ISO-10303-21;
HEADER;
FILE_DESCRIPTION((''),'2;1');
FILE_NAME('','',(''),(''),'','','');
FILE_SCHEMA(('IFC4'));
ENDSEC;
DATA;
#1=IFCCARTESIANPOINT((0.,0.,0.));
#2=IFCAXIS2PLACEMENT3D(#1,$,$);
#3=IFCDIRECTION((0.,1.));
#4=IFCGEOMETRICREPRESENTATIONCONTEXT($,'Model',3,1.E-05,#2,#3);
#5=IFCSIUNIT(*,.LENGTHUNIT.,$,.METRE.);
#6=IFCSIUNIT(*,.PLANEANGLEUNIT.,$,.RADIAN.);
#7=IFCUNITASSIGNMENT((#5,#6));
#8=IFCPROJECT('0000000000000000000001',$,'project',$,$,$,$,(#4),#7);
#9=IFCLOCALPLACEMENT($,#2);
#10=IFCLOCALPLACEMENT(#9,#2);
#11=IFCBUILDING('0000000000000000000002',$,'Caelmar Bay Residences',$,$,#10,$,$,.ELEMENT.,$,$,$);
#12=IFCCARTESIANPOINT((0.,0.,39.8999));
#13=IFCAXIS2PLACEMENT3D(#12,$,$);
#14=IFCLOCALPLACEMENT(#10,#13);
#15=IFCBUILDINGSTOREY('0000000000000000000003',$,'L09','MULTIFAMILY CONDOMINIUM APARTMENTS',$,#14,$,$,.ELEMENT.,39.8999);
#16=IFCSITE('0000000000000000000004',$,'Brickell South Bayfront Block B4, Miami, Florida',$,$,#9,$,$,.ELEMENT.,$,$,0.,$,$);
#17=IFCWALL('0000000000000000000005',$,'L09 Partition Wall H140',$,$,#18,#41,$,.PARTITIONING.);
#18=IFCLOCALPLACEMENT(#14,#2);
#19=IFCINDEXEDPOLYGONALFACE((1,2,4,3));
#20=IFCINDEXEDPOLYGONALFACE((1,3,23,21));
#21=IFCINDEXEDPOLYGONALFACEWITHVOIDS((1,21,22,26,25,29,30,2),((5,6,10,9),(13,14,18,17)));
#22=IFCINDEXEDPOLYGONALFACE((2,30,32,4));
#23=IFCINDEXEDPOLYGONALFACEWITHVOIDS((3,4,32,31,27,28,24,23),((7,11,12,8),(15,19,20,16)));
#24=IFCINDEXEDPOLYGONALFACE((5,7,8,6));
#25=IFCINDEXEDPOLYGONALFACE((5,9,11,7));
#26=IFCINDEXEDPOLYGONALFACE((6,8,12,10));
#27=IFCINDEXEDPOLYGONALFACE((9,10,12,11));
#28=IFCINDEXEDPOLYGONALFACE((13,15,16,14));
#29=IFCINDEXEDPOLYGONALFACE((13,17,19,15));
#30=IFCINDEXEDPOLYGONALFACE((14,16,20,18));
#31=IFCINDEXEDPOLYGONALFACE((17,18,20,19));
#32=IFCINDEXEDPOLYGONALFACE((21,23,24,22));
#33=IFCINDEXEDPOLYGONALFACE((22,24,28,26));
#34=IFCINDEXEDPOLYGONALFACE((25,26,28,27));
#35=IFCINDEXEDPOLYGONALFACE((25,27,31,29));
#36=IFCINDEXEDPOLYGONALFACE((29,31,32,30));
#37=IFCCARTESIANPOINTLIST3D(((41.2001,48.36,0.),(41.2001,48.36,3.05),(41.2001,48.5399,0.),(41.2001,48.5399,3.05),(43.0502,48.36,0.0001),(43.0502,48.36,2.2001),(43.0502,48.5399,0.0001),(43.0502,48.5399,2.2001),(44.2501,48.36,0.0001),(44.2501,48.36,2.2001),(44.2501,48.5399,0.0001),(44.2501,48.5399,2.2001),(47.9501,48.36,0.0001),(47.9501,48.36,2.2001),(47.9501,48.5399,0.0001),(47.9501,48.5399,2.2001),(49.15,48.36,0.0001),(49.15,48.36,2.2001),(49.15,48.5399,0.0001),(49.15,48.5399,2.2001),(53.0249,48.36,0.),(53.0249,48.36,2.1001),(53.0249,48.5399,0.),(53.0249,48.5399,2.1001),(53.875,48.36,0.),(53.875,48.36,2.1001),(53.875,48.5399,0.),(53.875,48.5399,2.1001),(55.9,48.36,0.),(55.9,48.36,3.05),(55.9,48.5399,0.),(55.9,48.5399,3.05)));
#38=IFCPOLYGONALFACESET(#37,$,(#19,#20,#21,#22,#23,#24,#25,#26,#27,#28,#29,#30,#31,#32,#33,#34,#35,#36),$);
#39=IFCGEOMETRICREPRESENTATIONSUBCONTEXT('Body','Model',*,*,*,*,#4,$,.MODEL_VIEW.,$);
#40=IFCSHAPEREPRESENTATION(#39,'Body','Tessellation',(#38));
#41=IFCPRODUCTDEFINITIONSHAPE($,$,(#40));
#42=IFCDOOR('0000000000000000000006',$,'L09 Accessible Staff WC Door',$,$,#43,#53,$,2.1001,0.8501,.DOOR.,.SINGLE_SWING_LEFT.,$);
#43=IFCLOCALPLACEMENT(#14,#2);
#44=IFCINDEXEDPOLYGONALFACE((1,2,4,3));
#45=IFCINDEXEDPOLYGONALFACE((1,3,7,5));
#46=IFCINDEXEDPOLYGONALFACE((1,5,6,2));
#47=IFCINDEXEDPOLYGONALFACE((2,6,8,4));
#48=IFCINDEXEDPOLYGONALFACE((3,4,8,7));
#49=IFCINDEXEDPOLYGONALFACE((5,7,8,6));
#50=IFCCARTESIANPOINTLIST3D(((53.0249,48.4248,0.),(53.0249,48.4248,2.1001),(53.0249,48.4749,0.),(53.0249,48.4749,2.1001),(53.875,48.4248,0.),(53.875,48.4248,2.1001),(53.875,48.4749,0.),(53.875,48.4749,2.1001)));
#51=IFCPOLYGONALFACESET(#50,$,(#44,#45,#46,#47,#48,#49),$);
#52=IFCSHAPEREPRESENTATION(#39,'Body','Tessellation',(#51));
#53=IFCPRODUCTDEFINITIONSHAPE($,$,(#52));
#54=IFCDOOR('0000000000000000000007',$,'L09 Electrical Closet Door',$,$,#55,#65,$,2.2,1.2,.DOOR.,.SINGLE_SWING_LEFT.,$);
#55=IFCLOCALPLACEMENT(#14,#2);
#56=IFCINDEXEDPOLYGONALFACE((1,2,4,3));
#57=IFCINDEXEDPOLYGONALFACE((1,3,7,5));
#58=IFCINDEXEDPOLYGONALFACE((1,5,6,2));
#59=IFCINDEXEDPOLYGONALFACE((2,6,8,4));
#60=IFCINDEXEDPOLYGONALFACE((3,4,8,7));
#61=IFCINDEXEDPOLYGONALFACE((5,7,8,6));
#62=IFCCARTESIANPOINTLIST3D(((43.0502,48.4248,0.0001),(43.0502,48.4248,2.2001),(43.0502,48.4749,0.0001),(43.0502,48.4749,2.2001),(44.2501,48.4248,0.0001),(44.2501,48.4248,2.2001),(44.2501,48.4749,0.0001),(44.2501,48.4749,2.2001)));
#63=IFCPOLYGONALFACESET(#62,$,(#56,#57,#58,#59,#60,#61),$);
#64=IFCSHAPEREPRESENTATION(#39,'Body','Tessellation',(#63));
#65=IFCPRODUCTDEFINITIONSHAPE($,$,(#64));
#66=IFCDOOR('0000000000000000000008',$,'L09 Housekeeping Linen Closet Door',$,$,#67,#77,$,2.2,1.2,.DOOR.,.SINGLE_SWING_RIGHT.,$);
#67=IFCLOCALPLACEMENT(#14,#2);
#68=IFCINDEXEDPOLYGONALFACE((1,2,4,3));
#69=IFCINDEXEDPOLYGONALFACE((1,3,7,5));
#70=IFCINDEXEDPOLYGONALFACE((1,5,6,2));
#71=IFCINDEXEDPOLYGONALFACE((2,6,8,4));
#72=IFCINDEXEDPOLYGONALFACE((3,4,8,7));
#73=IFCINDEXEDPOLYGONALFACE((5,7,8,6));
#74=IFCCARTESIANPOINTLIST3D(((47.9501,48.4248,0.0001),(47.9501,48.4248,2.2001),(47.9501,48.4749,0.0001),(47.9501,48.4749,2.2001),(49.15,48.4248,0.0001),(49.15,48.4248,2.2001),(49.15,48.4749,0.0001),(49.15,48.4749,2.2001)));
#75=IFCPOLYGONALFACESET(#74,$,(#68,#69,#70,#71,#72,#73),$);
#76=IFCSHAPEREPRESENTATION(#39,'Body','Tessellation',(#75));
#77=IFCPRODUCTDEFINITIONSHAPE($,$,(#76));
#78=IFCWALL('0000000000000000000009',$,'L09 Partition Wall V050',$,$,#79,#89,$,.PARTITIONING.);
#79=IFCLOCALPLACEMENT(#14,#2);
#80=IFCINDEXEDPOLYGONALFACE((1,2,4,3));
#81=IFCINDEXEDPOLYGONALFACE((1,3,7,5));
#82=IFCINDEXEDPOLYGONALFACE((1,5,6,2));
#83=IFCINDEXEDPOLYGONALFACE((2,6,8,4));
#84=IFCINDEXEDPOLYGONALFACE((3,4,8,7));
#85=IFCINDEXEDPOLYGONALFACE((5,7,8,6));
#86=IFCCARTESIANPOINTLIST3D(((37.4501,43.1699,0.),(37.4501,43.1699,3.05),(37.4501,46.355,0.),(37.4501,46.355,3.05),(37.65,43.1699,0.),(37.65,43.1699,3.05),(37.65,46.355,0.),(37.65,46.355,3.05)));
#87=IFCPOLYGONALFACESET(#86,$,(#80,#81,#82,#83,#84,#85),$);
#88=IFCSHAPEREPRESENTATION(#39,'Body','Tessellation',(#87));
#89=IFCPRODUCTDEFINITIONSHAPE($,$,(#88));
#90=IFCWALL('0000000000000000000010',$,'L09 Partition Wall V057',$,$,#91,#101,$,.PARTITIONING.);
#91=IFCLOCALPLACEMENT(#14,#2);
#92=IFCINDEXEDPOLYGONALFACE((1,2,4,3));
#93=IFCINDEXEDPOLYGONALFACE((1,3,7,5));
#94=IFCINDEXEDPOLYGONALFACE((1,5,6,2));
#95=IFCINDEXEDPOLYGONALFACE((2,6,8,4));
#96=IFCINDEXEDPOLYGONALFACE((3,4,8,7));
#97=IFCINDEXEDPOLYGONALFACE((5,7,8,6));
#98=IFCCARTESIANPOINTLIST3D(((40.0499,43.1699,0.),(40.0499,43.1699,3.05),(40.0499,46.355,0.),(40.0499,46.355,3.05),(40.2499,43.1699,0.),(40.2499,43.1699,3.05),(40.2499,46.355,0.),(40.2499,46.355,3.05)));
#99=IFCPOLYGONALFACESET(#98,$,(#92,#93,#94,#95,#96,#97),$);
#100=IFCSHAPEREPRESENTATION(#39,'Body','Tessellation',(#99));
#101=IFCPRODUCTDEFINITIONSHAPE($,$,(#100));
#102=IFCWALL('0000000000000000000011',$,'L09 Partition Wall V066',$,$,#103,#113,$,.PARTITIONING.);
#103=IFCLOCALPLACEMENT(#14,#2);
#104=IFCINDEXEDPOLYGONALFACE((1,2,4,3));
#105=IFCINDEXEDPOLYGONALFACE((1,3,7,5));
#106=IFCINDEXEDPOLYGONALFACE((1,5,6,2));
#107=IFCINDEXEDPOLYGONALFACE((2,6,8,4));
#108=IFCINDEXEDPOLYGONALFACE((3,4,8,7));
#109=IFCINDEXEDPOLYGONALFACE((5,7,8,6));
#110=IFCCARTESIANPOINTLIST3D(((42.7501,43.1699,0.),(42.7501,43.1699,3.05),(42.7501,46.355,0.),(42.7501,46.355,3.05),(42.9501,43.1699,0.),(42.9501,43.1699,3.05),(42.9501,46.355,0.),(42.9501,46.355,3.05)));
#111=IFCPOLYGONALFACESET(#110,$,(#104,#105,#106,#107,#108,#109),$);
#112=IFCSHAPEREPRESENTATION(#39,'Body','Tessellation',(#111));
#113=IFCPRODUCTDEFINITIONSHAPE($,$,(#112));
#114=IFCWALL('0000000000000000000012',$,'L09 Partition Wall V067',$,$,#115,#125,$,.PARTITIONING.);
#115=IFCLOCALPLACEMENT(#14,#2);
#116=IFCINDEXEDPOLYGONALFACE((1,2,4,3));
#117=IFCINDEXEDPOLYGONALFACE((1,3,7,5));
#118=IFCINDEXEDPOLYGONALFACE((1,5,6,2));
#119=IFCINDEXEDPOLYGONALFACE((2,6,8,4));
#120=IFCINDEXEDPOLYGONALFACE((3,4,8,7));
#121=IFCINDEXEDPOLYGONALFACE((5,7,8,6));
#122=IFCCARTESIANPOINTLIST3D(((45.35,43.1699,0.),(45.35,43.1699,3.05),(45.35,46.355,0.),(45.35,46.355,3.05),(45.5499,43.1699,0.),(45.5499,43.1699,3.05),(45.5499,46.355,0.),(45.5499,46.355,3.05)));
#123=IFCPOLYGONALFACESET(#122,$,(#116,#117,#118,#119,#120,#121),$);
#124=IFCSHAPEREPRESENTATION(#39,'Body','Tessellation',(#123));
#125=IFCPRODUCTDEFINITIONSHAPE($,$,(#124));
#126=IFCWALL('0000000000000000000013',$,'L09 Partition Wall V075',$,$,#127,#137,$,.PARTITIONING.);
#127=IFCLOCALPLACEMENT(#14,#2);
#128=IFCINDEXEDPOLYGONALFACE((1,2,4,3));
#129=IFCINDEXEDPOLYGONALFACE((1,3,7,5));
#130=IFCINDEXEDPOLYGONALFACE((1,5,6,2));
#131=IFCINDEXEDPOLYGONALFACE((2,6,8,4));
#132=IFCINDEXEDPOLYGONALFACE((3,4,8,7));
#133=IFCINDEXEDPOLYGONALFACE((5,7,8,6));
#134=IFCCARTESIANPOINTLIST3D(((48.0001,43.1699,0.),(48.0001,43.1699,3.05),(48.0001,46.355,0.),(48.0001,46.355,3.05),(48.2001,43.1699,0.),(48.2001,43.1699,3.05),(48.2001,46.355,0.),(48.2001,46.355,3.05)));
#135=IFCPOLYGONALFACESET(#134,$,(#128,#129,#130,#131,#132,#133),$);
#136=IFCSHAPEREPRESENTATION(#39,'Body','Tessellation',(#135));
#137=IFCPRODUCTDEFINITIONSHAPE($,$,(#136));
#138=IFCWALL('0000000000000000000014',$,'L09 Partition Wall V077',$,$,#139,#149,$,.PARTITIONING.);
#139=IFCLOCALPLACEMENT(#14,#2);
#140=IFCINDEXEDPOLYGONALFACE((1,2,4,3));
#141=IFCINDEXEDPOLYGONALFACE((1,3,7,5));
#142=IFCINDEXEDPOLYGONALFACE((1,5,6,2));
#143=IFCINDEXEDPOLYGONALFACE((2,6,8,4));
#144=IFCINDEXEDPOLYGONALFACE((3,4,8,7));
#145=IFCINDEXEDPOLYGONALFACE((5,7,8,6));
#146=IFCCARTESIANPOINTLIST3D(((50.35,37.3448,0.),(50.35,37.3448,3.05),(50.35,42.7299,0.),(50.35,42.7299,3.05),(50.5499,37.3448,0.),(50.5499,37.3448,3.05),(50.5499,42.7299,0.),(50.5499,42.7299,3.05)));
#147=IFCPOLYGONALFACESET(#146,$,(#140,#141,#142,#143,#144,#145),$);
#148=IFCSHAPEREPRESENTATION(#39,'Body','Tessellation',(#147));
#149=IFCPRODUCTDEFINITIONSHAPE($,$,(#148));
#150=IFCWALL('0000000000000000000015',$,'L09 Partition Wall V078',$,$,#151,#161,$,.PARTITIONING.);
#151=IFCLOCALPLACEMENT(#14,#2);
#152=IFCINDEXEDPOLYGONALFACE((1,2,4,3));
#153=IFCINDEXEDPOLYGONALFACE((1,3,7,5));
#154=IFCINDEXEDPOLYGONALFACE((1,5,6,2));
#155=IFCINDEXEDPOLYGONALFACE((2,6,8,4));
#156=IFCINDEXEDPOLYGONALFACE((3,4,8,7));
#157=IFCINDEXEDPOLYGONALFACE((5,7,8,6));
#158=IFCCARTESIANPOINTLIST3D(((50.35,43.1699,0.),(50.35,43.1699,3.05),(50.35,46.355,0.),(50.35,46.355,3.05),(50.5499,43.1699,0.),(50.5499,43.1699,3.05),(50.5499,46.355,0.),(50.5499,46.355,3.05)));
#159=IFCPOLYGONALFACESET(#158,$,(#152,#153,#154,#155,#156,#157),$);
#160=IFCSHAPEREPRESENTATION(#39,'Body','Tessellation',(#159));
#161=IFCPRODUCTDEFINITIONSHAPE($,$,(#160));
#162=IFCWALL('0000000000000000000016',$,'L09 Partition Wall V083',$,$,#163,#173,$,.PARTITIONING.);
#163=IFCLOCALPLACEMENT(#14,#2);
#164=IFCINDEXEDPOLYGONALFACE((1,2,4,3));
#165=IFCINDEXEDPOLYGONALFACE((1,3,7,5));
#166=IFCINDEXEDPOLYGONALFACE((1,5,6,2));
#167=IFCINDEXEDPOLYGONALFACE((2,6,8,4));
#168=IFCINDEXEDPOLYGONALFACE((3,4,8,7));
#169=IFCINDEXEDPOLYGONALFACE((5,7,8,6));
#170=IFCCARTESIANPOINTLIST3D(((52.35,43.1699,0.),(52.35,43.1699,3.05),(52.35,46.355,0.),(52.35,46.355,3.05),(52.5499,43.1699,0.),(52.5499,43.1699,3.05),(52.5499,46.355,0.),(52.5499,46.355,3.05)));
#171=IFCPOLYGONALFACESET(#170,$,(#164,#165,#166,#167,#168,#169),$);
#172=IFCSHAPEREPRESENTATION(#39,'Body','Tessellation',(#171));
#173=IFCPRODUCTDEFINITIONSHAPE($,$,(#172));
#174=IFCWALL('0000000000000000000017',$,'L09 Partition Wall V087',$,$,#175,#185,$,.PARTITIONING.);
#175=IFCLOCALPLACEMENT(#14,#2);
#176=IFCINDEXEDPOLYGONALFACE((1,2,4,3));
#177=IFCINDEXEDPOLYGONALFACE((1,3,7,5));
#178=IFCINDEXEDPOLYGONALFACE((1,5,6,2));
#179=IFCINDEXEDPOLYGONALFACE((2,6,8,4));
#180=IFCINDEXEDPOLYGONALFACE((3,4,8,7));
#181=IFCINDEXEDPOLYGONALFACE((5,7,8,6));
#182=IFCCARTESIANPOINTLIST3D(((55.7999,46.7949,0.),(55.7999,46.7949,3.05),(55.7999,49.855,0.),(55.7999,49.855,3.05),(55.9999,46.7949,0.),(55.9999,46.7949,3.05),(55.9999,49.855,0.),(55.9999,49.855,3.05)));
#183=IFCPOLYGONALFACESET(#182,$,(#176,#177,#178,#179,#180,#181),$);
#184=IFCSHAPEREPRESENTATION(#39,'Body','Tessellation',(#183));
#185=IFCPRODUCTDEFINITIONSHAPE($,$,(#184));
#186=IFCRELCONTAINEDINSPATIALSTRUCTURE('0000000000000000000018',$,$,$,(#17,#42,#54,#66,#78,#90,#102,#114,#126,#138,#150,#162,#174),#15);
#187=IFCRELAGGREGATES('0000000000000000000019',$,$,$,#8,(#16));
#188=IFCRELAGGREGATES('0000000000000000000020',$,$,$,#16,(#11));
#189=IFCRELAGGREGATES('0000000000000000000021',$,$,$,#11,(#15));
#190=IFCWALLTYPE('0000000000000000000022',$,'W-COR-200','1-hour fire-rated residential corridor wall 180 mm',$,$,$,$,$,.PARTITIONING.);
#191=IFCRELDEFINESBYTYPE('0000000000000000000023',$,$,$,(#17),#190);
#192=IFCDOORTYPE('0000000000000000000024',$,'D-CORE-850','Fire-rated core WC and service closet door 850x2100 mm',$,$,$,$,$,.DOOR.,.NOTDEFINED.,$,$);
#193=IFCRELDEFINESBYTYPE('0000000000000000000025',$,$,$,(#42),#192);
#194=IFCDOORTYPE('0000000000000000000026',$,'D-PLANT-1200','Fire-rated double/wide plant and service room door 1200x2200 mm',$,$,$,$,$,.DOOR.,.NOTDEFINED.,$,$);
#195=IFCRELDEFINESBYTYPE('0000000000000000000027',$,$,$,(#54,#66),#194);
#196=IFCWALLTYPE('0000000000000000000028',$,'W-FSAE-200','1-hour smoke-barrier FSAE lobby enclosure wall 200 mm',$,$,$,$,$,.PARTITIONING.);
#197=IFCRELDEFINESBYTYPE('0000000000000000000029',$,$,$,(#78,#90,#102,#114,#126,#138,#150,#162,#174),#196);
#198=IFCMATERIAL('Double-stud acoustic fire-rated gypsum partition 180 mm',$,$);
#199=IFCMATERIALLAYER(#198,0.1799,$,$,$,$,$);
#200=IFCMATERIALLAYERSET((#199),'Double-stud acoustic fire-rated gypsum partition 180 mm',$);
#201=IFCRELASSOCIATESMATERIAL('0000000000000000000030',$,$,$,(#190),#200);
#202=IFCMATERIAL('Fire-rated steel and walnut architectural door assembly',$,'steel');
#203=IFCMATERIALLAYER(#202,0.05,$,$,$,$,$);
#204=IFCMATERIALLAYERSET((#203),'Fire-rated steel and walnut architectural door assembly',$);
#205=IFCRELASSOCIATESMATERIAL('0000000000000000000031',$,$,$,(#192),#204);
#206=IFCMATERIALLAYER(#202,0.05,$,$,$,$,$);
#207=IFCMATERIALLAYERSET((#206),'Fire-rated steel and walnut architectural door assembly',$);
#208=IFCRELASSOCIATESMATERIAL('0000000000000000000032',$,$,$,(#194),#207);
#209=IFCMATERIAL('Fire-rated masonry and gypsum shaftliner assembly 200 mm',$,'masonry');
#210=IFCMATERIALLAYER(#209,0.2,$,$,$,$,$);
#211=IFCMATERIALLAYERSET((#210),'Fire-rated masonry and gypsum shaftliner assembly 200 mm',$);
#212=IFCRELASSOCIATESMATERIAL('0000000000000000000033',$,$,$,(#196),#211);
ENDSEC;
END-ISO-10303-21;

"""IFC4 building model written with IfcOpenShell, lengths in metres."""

from ifc_helpers import new_model, si_unit, direction, frame, frame_2d, origin, place, context, subcontext, project, spatial, rectangle, extrude, material, layer, layer_set, type_object, element, fill, save


model = new_model("IFC4")

# Units and contexts
model_context = context("Model", 3, precision=1e-05, world=origin(), true_north=direction((0.0, 1.0)))
body_context = subcontext(model_context, "Body", "Model", "MODEL_VIEW")
ifc_project = project(units=[si_unit("LENGTHUNIT", "METRE"), si_unit("PLANEANGLEUNIT", "RADIAN")], contexts=[model_context])

# Site, building, storey
site_placement = place(None, origin())
site = spatial("IfcSite", under=ifc_project, at=site_placement, Name="Brickell South Bayfront Block B4, Miami, Florida", CompositionType="ELEMENT", RefElevation=0.0)
building_placement = place(site_placement, origin())
building = spatial("IfcBuilding", under=site, at=building_placement, Name="Caelmar Bay Residences", CompositionType="ELEMENT")
storey_placement = place(building_placement, frame((0.0, 0.0, 39.8999)))
storey = spatial("IfcBuildingStorey", under=building, at=storey_placement, Name="L09", Description="MULTIFAMILY CONDOMINIUM APARTMENTS", CompositionType="ELEMENT", Elevation=39.8999)

# Shared definitions
ifc_material_1 = material(Name="Fire-rated steel and walnut architectural door assembly", Category="steel")
ifc_material_2 = material(Name="Double-stud acoustic fire-rated gypsum partition 180 mm")
ifc_layer_1 = layer(ifc_material_2, 0.1799)
ifc_layer_set_1 = layer_set([ifc_layer_1], Name="Double-stud acoustic fire-rated gypsum partition 180 mm")
wall_type_1 = type_object("IfcWallType", Name="W-COR-200", Description="1-hour fire-rated residential corridor wall 180 mm", PredefinedType="PARTITIONING", material=ifc_layer_set_1)

# Wall, openings, doors
wall_1_placement = place(storey_placement, frame((41.2, 48.45, 0.0), z_axis=(0.0, 0.0, 1.0), x_axis=(1.0, 0.0, 0.0)))
wall_1 = element("IfcWall", 1, at=wall_1_placement, inside=storey, type_object=wall_type_1, Name="L09 Partition Wall H140", PredefinedType="PARTITIONING", context=body_context, shape_type="SweptSolid", body=[
    extrude(rectangle(XDim=14.7, YDim=0.1799, at=frame_2d((7.3501, 0.0))), origin(), (0.0, 0.0, 1.0), 3.05),
])
opening_1_placement = place(wall_1_placement, frame((1.8501, 0.0, 0.0)))
opening_1 = element("IfcOpeningElement", 2, at=opening_1_placement, cuts=wall_1, PredefinedType="OPENING", context=body_context, shape_type="SweptSolid", body=[
    extrude(rectangle(XDim=1.2, YDim=2.2, at=frame_2d((0.6001, 1.1001))), frame((0.0, 0.0999, 0.0), z_axis=(0.0, -1.0, 0.0), x_axis=(1.0, 0.0, 0.0)), (0.0, 0.0, 1.0), 0.2),
])
opening_2_placement = place(wall_1_placement, frame((6.75, 0.0, 0.0)))
opening_2 = element("IfcOpeningElement", 3, at=opening_2_placement, cuts=wall_1, PredefinedType="OPENING", context=body_context, shape_type="SweptSolid", body=[
    extrude(rectangle(XDim=1.2, YDim=2.2, at=frame_2d((0.6001, 1.1001))), frame((0.0, 0.0999, 0.0), z_axis=(0.0, -1.0, 0.0), x_axis=(1.0, 0.0, 0.0)), (0.0, 0.0, 1.0), 0.2),
])
opening_3_placement = place(wall_1_placement, frame((11.825, 0.0, 0.0)))
opening_3 = element("IfcOpeningElement", 4, at=opening_3_placement, cuts=wall_1, PredefinedType="OPENING", context=body_context, shape_type="SweptSolid", body=[
    extrude(rectangle(XDim=0.8501, YDim=2.1001, at=frame_2d((0.425, 1.05))), frame((0.0, 0.0999, 0.0), z_axis=(0.0, -1.0, 0.0), x_axis=(1.0, 0.0, 0.0)), (0.0, 0.0, 1.0), 0.2),
])
ifc_layer_2 = layer(ifc_material_1, 0.05)
ifc_layer_set_2 = layer_set([ifc_layer_2], Name="Fire-rated steel and walnut architectural door assembly")
door_type_1 = type_object("IfcDoorType", Name="D-CORE-850", Description="Fire-rated core WC and service closet door 850x2100 mm", OperationType="NOTDEFINED", PredefinedType="DOOR", material=ifc_layer_set_2)
door_1_placement = place(opening_3_placement, origin())
door_1 = element("IfcDoor", 5, at=door_1_placement, inside=storey, type_object=door_type_1, Name="L09 Accessible Staff WC Door", OperationType="SINGLE_SWING_LEFT", OverallHeight=2.1001, OverallWidth=0.8501, PredefinedType="DOOR", context=body_context, shape_type="SweptSolid", body=[
    extrude(rectangle(XDim=0.8501, YDim=2.1001, at=frame_2d((0.425, 1.05))), frame((0.0, 0.0249, 0.0), z_axis=(0.0, -1.0, 0.0), x_axis=(1.0, 0.0, 0.0)), (0.0, 0.0, 1.0), 0.05),
])
fill(opening_3, door_1)
ifc_layer_3 = layer(ifc_material_1, 0.05)
ifc_layer_set_3 = layer_set([ifc_layer_3], Name="Fire-rated steel and walnut architectural door assembly")
door_type_2 = type_object("IfcDoorType", Name="D-PLANT-1200", Description="Fire-rated double/wide plant and service room door 1200x2200 mm", OperationType="NOTDEFINED", PredefinedType="DOOR", material=ifc_layer_set_3)
door_2_placement = place(opening_1_placement, origin())
door_2 = element("IfcDoor", 6, at=door_2_placement, inside=storey, type_object=door_type_2, Name="L09 Electrical Closet Door", OperationType="SINGLE_SWING_LEFT", OverallHeight=2.2, OverallWidth=1.2, PredefinedType="DOOR", context=body_context, shape_type="SweptSolid", body=[
    extrude(rectangle(XDim=1.2, YDim=2.2, at=frame_2d((0.6001, 1.1001))), frame((0.0, 0.0249, 0.0), z_axis=(0.0, -1.0, 0.0), x_axis=(1.0, 0.0, 0.0)), (0.0, 0.0, 1.0), 0.05),
])
fill(opening_1, door_2)
door_3_placement = place(opening_2_placement, origin())
door_3 = element("IfcDoor", 7, at=door_3_placement, inside=storey, type_object=door_type_2, Name="L09 Housekeeping Linen Closet Door", OperationType="SINGLE_SWING_RIGHT", OverallHeight=2.2, OverallWidth=1.2, PredefinedType="DOOR", context=body_context, shape_type="SweptSolid", body=[
    extrude(rectangle(XDim=1.2, YDim=2.2, at=frame_2d((0.6001, 1.1001))), frame((0.0, 0.0249, 0.0), z_axis=(0.0, -1.0, 0.0), x_axis=(1.0, 0.0, 0.0)), (0.0, 0.0, 1.0), 0.05),
])
fill(opening_2, door_3)

# Walls
ifc_material_3 = material(Name="Fire-rated masonry and gypsum shaftliner assembly 200 mm", Category="masonry")
ifc_layer_4 = layer(ifc_material_3, 0.2)
ifc_layer_set_4 = layer_set([ifc_layer_4], Name="Fire-rated masonry and gypsum shaftliner assembly 200 mm")
wall_type_2 = type_object("IfcWallType", Name="W-FSAE-200", Description="1-hour smoke-barrier FSAE lobby enclosure wall 200 mm", PredefinedType="PARTITIONING", material=ifc_layer_set_4)
for number, where, z_axis, x_axis, name in (
    (8, (37.55, 43.1699, 0.0), (0.0, 0.0, 1.0), (0.0, 1.0, 0.0), "L09 Partition Wall V050"),
    (9, (40.1499, 43.1699, 0.0), (0.0, 0.0, 1.0), (0.0, 1.0, 0.0), "L09 Partition Wall V057"),
    (10, (42.8501, 43.1699, 0.0), (0.0, 0.0, 1.0), (0.0, 1.0, 0.0), "L09 Partition Wall V066"),
    (11, (45.45, 43.1699, 0.0), (0.0, 0.0, 1.0), (0.0, 1.0, 0.0), "L09 Partition Wall V067"),
    (12, (48.1001, 43.1699, 0.0), (0.0, 0.0, 1.0), (0.0, 1.0, 0.0), "L09 Partition Wall V075"),
):
    element("IfcWall", number, at=place(storey_placement, frame(where, z_axis=z_axis, x_axis=x_axis)), inside=storey, type_object=wall_type_2, Name=name, PredefinedType="PARTITIONING", context=body_context, shape_type="SweptSolid", body=[
        extrude(rectangle(XDim=3.1851, YDim=0.2, at=frame_2d((1.5925, 0.0))), origin(), (0.0, 0.0, 1.0), 3.05),
    ])
wall_2_placement = place(storey_placement, frame((50.45, 37.345, 0.0), z_axis=(0.0, 0.0, 1.0), x_axis=(0.0, 1.0, 0.0)))
element("IfcWall", 13, at=wall_2_placement, inside=storey, type_object=wall_type_2, Name="L09 Partition Wall V077", PredefinedType="PARTITIONING", context=body_context, shape_type="SweptSolid", body=[
    extrude(rectangle(XDim=5.385, YDim=0.2, at=frame_2d((2.6924, 0.0))), origin(), (0.0, 0.0, 1.0), 3.05),
])
for number, where, z_axis, x_axis, name in (
    (14, (50.45, 43.1699, 0.0), (0.0, 0.0, 1.0), (0.0, 1.0, 0.0), "L09 Partition Wall V078"),
    (15, (52.45, 43.1699, 0.0), (0.0, 0.0, 1.0), (0.0, 1.0, 0.0), "L09 Partition Wall V083"),
):
    element("IfcWall", number, at=place(storey_placement, frame(where, z_axis=z_axis, x_axis=x_axis)), inside=storey, type_object=wall_type_2, Name=name, PredefinedType="PARTITIONING", context=body_context, shape_type="SweptSolid", body=[
        extrude(rectangle(XDim=3.1851, YDim=0.2, at=frame_2d((1.5925, 0.0))), origin(), (0.0, 0.0, 1.0), 3.05),
    ])
wall_3_placement = place(storey_placement, frame((55.8999, 46.7949, 0.0), z_axis=(0.0, 0.0, 1.0), x_axis=(0.0, 1.0, 0.0)))
element("IfcWall", 16, at=wall_3_placement, inside=storey, type_object=wall_type_2, Name="L09 Partition Wall V087", PredefinedType="PARTITIONING", context=body_context, shape_type="SweptSolid", body=[
    extrude(rectangle(XDim=3.0601, YDim=0.2, at=frame_2d((1.53, 0.0))), origin(), (0.0, 0.0, 1.0), 3.05),
])

save(model, "model.ifc")
